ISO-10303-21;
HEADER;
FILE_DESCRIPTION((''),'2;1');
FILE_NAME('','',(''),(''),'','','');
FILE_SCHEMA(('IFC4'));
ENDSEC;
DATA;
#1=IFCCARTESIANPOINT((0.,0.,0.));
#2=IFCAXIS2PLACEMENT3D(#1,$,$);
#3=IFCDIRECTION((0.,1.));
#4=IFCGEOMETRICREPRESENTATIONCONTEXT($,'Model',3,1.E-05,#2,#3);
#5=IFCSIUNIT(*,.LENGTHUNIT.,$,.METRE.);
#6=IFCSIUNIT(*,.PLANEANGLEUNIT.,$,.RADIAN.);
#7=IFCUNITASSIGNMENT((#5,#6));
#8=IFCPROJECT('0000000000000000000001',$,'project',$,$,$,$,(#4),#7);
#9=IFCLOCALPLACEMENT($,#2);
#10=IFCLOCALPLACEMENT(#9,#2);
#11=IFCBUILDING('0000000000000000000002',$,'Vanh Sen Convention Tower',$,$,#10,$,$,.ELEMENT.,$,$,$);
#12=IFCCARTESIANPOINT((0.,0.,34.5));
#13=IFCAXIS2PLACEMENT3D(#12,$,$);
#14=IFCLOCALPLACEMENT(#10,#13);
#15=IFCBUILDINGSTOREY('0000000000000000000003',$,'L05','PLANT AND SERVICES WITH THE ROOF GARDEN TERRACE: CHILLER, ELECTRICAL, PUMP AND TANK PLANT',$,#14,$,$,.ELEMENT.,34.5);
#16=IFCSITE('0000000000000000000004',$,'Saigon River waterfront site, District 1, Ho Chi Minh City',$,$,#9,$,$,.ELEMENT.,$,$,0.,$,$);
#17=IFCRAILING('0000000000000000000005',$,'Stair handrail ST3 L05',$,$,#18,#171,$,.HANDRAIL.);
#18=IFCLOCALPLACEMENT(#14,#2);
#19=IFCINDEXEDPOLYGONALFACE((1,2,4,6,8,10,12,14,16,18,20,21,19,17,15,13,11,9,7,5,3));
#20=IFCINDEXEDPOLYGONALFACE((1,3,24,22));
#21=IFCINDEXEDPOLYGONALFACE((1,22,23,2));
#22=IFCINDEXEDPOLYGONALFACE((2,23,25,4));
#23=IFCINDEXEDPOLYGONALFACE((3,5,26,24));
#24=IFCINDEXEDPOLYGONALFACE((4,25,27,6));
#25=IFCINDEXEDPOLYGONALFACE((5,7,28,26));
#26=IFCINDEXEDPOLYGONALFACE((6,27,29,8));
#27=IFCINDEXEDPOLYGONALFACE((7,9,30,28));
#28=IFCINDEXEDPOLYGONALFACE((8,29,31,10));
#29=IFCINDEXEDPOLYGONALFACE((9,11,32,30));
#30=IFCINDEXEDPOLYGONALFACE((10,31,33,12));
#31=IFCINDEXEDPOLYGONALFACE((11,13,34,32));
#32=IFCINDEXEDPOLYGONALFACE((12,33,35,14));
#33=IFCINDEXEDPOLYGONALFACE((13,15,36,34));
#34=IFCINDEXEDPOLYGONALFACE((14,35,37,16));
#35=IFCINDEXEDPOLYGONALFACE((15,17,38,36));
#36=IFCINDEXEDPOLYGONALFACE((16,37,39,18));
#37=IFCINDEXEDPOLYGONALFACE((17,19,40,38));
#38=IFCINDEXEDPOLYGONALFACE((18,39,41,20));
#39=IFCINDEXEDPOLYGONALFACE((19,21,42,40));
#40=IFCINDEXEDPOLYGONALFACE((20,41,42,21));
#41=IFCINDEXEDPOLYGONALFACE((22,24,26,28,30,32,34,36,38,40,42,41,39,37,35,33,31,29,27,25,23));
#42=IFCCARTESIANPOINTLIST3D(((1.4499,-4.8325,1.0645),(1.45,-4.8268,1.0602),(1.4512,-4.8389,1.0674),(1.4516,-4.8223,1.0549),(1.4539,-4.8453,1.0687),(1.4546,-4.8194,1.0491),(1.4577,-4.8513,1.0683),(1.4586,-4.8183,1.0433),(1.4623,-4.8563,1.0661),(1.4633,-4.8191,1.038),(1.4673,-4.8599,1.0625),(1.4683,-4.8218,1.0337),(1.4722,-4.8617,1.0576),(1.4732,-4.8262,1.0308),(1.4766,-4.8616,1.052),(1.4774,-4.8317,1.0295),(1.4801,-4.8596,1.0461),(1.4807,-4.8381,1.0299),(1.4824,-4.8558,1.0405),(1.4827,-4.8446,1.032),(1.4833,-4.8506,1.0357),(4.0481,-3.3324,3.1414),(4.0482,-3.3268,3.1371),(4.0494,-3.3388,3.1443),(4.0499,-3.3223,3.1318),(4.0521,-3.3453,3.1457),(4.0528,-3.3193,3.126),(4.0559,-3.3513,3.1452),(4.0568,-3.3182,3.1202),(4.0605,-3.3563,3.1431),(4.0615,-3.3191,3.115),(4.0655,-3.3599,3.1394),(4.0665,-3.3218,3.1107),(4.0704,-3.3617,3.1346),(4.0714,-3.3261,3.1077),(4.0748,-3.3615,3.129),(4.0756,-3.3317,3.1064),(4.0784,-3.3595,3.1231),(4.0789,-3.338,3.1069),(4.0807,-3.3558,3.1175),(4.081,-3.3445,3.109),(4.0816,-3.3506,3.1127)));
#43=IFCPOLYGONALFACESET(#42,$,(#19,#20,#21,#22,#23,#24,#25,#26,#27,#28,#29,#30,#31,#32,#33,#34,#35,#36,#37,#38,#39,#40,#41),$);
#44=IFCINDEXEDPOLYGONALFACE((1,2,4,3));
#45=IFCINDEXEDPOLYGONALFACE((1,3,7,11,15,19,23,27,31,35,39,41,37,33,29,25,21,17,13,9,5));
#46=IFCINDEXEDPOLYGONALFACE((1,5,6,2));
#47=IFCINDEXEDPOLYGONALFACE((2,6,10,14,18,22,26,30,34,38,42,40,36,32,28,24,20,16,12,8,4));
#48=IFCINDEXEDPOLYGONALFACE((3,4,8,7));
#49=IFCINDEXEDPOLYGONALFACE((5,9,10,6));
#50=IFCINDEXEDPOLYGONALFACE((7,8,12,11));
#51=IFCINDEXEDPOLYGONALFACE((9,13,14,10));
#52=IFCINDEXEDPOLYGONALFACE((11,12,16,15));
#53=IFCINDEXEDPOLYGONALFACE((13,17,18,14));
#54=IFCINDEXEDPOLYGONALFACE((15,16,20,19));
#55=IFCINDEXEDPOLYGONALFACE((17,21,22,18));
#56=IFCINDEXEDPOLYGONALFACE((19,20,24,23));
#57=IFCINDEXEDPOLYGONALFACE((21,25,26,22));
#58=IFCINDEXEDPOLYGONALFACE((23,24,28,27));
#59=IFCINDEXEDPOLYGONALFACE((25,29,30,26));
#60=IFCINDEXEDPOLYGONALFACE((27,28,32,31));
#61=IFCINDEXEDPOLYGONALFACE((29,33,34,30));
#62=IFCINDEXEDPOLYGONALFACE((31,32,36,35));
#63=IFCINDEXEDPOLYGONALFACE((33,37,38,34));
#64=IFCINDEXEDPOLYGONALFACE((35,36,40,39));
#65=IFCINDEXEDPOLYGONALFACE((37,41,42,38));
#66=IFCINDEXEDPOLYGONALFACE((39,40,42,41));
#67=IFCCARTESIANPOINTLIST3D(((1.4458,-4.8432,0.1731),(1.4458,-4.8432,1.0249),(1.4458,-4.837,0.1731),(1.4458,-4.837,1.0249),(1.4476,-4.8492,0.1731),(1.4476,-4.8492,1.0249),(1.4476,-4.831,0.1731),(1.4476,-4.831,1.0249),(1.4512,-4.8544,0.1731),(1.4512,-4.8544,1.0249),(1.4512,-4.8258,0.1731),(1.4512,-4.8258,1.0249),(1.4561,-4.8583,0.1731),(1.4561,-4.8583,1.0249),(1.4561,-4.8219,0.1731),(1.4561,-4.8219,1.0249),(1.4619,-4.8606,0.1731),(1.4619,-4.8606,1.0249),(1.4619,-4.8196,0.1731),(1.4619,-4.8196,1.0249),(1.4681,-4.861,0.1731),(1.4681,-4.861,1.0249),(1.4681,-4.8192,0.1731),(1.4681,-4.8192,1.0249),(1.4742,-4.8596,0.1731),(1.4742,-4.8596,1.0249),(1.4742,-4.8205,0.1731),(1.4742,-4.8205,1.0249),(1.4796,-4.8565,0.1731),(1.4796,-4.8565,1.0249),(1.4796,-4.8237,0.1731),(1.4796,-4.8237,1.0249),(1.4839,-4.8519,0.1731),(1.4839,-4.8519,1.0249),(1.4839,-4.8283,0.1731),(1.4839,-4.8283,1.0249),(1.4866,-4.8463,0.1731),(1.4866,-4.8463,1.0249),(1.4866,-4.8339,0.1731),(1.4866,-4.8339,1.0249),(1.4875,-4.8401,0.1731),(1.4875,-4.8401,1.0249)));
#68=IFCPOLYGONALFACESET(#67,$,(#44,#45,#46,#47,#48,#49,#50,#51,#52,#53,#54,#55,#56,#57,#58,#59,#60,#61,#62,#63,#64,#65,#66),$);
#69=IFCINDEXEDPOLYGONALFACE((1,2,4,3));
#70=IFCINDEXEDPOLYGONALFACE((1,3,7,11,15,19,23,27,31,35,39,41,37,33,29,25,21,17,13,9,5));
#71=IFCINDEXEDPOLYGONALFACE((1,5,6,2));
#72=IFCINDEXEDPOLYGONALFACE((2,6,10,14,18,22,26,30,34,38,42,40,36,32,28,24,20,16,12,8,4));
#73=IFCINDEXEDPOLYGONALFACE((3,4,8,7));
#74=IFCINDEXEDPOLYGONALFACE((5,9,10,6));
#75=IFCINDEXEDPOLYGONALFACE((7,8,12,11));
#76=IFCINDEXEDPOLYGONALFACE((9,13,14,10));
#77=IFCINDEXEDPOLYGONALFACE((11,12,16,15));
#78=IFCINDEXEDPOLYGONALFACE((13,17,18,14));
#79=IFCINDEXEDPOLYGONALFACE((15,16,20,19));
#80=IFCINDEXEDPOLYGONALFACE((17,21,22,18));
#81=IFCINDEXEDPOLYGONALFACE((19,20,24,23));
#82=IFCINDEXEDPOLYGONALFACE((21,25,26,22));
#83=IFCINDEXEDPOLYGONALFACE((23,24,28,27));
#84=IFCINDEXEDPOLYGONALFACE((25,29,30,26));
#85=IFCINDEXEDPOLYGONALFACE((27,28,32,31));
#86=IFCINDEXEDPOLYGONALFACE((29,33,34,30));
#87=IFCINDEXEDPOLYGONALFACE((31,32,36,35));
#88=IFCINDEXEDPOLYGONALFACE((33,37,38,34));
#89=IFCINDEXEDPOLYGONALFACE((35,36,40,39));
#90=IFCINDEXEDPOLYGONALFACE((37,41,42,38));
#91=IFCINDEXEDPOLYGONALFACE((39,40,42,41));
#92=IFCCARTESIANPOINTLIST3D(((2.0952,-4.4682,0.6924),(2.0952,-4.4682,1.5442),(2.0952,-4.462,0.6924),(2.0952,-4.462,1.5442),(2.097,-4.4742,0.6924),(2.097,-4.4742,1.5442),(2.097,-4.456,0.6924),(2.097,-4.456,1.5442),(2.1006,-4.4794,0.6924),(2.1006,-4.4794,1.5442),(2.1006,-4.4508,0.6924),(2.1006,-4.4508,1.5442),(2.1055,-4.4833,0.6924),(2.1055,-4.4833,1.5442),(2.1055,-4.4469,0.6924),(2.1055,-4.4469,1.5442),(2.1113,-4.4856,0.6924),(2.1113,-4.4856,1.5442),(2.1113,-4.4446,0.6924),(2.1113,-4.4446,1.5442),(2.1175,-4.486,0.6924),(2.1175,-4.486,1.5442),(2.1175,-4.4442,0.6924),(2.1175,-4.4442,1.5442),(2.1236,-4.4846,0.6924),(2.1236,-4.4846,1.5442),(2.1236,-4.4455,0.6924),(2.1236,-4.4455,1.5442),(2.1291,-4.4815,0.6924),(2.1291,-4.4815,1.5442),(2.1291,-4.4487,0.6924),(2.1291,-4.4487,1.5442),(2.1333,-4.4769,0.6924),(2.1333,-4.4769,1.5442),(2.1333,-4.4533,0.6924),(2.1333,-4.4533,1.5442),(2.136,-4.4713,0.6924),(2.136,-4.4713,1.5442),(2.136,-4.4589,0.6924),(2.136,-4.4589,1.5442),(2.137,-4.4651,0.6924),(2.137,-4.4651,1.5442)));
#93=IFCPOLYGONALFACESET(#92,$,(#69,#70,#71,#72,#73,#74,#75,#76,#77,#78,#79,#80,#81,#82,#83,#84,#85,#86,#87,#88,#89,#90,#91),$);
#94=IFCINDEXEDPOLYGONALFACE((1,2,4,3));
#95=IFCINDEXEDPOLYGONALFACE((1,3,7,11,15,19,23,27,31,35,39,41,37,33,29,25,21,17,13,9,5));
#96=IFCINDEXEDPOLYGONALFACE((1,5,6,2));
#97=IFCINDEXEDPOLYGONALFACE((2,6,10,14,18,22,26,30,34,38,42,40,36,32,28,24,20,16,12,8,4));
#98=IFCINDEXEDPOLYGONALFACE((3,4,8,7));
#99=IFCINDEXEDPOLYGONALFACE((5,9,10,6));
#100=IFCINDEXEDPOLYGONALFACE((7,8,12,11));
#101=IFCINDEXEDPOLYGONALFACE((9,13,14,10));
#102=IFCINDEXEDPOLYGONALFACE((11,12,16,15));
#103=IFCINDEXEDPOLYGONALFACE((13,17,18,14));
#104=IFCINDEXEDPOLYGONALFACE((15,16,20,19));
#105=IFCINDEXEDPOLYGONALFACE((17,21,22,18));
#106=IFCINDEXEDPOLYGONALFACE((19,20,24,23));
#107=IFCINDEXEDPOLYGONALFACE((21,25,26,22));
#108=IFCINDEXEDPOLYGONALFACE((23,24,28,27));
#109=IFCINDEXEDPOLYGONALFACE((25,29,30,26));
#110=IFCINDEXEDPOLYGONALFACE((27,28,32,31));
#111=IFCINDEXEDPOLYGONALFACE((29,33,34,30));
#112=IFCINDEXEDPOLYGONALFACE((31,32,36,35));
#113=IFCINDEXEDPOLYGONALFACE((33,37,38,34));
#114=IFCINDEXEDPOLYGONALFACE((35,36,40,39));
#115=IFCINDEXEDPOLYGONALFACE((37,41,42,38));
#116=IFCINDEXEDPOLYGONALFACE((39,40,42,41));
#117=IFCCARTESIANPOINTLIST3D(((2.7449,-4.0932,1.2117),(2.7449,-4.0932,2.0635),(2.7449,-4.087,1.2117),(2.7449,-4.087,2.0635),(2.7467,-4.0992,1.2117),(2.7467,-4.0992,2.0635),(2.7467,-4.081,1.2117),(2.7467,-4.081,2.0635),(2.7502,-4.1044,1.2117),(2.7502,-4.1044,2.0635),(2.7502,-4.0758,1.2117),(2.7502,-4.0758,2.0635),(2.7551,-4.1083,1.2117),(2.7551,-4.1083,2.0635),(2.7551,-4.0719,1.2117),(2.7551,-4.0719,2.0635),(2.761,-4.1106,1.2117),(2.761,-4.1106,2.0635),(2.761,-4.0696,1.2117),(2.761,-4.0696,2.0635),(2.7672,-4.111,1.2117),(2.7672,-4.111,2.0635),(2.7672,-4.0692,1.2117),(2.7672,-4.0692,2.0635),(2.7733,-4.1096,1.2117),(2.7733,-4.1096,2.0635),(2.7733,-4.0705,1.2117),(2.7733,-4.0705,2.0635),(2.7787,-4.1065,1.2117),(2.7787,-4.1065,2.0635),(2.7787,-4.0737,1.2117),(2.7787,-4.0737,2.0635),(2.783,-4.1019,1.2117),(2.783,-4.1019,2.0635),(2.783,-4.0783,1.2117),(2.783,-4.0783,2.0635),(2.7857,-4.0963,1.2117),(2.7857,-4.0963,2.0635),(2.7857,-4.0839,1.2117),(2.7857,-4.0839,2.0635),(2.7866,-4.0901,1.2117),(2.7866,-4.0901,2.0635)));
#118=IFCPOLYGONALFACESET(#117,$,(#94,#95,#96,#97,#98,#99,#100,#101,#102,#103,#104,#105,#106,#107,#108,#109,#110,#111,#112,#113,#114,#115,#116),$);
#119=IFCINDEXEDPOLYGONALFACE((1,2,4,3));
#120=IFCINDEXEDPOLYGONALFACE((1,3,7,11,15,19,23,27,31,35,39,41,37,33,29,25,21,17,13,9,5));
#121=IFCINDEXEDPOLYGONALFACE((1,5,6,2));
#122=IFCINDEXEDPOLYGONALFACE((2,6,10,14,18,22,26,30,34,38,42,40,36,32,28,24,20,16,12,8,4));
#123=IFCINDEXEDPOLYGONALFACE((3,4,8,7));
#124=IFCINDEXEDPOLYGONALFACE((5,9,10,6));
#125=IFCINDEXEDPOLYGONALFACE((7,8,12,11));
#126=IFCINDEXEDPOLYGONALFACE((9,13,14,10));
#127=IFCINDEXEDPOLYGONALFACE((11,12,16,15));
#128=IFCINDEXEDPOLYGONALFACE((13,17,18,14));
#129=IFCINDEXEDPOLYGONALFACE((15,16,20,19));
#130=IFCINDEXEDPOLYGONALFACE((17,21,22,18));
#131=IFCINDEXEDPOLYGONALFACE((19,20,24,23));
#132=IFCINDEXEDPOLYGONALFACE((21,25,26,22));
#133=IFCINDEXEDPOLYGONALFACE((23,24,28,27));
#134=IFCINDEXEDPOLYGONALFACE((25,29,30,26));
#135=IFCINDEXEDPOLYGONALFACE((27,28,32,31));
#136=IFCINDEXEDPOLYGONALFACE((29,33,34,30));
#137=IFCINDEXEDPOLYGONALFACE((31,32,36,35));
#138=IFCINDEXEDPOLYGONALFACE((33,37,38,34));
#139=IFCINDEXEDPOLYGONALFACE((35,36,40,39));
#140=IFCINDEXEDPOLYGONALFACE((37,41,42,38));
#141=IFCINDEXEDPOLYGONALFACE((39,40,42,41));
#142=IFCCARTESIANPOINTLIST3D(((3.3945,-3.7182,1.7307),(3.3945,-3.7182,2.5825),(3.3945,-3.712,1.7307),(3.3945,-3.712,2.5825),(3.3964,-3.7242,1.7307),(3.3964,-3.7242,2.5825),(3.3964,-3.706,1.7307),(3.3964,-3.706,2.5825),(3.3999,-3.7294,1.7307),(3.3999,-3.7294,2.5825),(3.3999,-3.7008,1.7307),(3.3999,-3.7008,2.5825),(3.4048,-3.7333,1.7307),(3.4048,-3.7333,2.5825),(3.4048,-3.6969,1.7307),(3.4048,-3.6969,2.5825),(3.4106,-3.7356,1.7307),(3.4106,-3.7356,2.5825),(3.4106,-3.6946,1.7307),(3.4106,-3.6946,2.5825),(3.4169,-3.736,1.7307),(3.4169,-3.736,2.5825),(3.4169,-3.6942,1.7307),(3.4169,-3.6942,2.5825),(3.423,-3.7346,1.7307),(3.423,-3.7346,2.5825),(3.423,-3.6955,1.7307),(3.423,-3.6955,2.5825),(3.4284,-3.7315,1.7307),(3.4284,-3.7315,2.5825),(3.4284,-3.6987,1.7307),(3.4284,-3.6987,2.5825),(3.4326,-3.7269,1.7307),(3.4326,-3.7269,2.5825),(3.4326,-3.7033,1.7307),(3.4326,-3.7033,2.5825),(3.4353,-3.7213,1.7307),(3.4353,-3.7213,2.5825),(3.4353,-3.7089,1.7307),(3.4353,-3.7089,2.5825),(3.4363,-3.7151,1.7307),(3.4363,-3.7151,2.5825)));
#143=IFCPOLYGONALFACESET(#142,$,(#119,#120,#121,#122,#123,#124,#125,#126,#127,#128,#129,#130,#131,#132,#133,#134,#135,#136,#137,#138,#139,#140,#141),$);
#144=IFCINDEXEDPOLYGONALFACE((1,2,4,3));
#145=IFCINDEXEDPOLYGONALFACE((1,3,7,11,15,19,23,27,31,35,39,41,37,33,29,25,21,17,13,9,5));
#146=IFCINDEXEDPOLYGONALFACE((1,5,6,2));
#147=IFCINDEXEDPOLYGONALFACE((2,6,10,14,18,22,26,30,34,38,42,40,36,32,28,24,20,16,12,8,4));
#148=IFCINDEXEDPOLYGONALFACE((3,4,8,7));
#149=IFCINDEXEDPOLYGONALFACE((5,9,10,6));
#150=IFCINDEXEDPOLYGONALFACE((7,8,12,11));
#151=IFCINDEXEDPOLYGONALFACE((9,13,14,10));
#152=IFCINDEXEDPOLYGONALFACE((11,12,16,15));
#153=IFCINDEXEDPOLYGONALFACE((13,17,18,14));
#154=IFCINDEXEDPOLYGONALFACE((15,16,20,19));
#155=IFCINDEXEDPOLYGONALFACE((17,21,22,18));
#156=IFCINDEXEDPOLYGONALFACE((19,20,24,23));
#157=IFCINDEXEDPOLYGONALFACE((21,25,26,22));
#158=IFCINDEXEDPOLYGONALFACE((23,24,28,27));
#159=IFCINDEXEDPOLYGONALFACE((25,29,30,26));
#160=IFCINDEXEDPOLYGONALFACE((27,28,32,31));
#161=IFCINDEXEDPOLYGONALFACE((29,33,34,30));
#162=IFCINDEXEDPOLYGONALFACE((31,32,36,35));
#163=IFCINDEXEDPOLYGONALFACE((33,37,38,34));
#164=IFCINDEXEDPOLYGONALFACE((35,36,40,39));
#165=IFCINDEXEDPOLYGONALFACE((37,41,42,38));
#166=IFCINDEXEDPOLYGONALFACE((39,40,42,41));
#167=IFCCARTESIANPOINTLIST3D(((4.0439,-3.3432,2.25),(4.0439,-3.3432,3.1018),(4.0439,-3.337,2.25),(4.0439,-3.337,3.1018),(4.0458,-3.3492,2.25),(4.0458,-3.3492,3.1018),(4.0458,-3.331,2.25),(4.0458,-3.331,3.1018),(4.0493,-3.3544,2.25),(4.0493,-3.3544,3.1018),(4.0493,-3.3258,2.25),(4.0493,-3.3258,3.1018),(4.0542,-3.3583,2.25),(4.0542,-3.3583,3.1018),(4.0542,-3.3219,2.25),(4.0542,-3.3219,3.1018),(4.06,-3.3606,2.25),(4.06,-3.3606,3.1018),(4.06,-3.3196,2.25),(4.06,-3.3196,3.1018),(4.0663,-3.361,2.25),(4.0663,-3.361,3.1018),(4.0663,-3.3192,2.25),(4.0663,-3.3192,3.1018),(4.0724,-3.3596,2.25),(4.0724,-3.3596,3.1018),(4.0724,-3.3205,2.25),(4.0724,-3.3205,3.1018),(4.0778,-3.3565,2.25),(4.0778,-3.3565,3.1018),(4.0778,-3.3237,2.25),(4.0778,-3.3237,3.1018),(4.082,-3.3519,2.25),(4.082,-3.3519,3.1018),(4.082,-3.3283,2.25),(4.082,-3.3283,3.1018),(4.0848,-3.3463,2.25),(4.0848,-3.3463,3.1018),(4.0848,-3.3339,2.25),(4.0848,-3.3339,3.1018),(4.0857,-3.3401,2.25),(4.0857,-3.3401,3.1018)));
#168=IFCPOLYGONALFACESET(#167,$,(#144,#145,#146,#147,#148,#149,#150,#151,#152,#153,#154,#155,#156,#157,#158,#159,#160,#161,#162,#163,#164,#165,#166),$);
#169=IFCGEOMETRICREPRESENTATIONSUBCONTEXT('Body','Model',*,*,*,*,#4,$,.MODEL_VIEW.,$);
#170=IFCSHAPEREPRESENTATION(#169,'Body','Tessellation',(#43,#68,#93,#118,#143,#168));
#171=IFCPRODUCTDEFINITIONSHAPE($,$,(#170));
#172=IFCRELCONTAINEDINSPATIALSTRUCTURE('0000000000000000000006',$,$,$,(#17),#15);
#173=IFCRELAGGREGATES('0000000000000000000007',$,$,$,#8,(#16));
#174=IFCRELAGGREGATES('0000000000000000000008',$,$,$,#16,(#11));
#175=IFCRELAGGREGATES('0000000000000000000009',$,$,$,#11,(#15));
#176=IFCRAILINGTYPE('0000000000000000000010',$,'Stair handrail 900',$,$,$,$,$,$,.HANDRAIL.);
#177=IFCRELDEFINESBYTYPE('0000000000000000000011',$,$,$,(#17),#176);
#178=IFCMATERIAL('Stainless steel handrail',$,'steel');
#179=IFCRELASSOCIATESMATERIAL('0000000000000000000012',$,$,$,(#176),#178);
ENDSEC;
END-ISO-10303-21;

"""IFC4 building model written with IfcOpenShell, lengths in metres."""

from ifc_helpers import new_model, si_unit, direction, frame, origin, origin_2d, place, context, subcontext, project, spatial, circle, extrude, material, type_object, element, save


model = new_model("IFC4")

# Units and contexts
model_context = context("Model", 3, precision=1e-05, world=origin(), true_north=direction((0.0, 1.0)))
body_context = subcontext(model_context, "Body", "Model", "MODEL_VIEW")
ifc_project = project(units=[si_unit("LENGTHUNIT", "METRE"), si_unit("PLANEANGLEUNIT", "RADIAN")], contexts=[model_context])

# Site, building, storey
site_placement = place(None, origin())
site = spatial("IfcSite", under=ifc_project, at=site_placement, Name="Saigon River waterfront site, District 1, Ho Chi Minh City", CompositionType="ELEMENT", RefElevation=0.0)
building_placement = place(site_placement, origin())
building = spatial("IfcBuilding", under=site, at=building_placement, Name="Vanh Sen Convention Tower", CompositionType="ELEMENT")
storey_placement = place(building_placement, frame((0.0, 0.0, 34.5)))
storey = spatial("IfcBuildingStorey", under=building, at=storey_placement, Name="L05", Description="PLANT AND SERVICES WITH THE ROOF GARDEN TERRACE: CHILLER, ELECTRICAL, PUMP AND TANK PLANT", CompositionType="ELEMENT", Elevation=34.5)

# Railing
ifc_material_1 = material(Name="Stainless steel handrail", Category="steel")
railing_type = type_object("IfcRailingType", Name="Stair handrail 900", PredefinedType="HANDRAIL", material=ifc_material_1)
railing_1_placement = place(storey_placement, frame((1.4666, -4.8401, 0.1731)))
element("IfcRailing", 1, at=railing_1_placement, inside=storey, type_object=railing_type, Name="Stair handrail ST3 L05", PredefinedType="HANDRAIL", context=body_context, shape_type="SweptSolid", body=[
    extrude(circle(Radius=0.0239, at=origin_2d()), frame((0.0, 0.0, 0.876), z_axis=(0.712051, 0.411092, 0.569199), x_axis=(-0.49999, 0.866031, 0.0)), (0.0, 0.0, 1.0), 3.6489),
    extrude(circle(Radius=0.021, at=origin_2d()), origin(), (0.0, 0.0, 1.0), 0.8518),
    extrude(circle(Radius=0.021, at=origin_2d()), frame((0.6494, 0.375, 0.5193)), (0.0, 0.0, 1.0), 0.8518),
    extrude(circle(Radius=0.021, at=origin_2d()), frame((1.2991, 0.75, 1.0386)), (0.0, 0.0, 1.0), 0.8518),
    extrude(circle(Radius=0.021, at=origin_2d()), frame((1.9487, 1.125, 1.5576)), (0.0, 0.0, 1.0), 0.8518),
    extrude(circle(Radius=0.021, at=origin_2d()), frame((2.5981, 1.5, 2.0769)), (0.0, 0.0, 1.0), 0.8518),
])

save(model, "model.ifc")
